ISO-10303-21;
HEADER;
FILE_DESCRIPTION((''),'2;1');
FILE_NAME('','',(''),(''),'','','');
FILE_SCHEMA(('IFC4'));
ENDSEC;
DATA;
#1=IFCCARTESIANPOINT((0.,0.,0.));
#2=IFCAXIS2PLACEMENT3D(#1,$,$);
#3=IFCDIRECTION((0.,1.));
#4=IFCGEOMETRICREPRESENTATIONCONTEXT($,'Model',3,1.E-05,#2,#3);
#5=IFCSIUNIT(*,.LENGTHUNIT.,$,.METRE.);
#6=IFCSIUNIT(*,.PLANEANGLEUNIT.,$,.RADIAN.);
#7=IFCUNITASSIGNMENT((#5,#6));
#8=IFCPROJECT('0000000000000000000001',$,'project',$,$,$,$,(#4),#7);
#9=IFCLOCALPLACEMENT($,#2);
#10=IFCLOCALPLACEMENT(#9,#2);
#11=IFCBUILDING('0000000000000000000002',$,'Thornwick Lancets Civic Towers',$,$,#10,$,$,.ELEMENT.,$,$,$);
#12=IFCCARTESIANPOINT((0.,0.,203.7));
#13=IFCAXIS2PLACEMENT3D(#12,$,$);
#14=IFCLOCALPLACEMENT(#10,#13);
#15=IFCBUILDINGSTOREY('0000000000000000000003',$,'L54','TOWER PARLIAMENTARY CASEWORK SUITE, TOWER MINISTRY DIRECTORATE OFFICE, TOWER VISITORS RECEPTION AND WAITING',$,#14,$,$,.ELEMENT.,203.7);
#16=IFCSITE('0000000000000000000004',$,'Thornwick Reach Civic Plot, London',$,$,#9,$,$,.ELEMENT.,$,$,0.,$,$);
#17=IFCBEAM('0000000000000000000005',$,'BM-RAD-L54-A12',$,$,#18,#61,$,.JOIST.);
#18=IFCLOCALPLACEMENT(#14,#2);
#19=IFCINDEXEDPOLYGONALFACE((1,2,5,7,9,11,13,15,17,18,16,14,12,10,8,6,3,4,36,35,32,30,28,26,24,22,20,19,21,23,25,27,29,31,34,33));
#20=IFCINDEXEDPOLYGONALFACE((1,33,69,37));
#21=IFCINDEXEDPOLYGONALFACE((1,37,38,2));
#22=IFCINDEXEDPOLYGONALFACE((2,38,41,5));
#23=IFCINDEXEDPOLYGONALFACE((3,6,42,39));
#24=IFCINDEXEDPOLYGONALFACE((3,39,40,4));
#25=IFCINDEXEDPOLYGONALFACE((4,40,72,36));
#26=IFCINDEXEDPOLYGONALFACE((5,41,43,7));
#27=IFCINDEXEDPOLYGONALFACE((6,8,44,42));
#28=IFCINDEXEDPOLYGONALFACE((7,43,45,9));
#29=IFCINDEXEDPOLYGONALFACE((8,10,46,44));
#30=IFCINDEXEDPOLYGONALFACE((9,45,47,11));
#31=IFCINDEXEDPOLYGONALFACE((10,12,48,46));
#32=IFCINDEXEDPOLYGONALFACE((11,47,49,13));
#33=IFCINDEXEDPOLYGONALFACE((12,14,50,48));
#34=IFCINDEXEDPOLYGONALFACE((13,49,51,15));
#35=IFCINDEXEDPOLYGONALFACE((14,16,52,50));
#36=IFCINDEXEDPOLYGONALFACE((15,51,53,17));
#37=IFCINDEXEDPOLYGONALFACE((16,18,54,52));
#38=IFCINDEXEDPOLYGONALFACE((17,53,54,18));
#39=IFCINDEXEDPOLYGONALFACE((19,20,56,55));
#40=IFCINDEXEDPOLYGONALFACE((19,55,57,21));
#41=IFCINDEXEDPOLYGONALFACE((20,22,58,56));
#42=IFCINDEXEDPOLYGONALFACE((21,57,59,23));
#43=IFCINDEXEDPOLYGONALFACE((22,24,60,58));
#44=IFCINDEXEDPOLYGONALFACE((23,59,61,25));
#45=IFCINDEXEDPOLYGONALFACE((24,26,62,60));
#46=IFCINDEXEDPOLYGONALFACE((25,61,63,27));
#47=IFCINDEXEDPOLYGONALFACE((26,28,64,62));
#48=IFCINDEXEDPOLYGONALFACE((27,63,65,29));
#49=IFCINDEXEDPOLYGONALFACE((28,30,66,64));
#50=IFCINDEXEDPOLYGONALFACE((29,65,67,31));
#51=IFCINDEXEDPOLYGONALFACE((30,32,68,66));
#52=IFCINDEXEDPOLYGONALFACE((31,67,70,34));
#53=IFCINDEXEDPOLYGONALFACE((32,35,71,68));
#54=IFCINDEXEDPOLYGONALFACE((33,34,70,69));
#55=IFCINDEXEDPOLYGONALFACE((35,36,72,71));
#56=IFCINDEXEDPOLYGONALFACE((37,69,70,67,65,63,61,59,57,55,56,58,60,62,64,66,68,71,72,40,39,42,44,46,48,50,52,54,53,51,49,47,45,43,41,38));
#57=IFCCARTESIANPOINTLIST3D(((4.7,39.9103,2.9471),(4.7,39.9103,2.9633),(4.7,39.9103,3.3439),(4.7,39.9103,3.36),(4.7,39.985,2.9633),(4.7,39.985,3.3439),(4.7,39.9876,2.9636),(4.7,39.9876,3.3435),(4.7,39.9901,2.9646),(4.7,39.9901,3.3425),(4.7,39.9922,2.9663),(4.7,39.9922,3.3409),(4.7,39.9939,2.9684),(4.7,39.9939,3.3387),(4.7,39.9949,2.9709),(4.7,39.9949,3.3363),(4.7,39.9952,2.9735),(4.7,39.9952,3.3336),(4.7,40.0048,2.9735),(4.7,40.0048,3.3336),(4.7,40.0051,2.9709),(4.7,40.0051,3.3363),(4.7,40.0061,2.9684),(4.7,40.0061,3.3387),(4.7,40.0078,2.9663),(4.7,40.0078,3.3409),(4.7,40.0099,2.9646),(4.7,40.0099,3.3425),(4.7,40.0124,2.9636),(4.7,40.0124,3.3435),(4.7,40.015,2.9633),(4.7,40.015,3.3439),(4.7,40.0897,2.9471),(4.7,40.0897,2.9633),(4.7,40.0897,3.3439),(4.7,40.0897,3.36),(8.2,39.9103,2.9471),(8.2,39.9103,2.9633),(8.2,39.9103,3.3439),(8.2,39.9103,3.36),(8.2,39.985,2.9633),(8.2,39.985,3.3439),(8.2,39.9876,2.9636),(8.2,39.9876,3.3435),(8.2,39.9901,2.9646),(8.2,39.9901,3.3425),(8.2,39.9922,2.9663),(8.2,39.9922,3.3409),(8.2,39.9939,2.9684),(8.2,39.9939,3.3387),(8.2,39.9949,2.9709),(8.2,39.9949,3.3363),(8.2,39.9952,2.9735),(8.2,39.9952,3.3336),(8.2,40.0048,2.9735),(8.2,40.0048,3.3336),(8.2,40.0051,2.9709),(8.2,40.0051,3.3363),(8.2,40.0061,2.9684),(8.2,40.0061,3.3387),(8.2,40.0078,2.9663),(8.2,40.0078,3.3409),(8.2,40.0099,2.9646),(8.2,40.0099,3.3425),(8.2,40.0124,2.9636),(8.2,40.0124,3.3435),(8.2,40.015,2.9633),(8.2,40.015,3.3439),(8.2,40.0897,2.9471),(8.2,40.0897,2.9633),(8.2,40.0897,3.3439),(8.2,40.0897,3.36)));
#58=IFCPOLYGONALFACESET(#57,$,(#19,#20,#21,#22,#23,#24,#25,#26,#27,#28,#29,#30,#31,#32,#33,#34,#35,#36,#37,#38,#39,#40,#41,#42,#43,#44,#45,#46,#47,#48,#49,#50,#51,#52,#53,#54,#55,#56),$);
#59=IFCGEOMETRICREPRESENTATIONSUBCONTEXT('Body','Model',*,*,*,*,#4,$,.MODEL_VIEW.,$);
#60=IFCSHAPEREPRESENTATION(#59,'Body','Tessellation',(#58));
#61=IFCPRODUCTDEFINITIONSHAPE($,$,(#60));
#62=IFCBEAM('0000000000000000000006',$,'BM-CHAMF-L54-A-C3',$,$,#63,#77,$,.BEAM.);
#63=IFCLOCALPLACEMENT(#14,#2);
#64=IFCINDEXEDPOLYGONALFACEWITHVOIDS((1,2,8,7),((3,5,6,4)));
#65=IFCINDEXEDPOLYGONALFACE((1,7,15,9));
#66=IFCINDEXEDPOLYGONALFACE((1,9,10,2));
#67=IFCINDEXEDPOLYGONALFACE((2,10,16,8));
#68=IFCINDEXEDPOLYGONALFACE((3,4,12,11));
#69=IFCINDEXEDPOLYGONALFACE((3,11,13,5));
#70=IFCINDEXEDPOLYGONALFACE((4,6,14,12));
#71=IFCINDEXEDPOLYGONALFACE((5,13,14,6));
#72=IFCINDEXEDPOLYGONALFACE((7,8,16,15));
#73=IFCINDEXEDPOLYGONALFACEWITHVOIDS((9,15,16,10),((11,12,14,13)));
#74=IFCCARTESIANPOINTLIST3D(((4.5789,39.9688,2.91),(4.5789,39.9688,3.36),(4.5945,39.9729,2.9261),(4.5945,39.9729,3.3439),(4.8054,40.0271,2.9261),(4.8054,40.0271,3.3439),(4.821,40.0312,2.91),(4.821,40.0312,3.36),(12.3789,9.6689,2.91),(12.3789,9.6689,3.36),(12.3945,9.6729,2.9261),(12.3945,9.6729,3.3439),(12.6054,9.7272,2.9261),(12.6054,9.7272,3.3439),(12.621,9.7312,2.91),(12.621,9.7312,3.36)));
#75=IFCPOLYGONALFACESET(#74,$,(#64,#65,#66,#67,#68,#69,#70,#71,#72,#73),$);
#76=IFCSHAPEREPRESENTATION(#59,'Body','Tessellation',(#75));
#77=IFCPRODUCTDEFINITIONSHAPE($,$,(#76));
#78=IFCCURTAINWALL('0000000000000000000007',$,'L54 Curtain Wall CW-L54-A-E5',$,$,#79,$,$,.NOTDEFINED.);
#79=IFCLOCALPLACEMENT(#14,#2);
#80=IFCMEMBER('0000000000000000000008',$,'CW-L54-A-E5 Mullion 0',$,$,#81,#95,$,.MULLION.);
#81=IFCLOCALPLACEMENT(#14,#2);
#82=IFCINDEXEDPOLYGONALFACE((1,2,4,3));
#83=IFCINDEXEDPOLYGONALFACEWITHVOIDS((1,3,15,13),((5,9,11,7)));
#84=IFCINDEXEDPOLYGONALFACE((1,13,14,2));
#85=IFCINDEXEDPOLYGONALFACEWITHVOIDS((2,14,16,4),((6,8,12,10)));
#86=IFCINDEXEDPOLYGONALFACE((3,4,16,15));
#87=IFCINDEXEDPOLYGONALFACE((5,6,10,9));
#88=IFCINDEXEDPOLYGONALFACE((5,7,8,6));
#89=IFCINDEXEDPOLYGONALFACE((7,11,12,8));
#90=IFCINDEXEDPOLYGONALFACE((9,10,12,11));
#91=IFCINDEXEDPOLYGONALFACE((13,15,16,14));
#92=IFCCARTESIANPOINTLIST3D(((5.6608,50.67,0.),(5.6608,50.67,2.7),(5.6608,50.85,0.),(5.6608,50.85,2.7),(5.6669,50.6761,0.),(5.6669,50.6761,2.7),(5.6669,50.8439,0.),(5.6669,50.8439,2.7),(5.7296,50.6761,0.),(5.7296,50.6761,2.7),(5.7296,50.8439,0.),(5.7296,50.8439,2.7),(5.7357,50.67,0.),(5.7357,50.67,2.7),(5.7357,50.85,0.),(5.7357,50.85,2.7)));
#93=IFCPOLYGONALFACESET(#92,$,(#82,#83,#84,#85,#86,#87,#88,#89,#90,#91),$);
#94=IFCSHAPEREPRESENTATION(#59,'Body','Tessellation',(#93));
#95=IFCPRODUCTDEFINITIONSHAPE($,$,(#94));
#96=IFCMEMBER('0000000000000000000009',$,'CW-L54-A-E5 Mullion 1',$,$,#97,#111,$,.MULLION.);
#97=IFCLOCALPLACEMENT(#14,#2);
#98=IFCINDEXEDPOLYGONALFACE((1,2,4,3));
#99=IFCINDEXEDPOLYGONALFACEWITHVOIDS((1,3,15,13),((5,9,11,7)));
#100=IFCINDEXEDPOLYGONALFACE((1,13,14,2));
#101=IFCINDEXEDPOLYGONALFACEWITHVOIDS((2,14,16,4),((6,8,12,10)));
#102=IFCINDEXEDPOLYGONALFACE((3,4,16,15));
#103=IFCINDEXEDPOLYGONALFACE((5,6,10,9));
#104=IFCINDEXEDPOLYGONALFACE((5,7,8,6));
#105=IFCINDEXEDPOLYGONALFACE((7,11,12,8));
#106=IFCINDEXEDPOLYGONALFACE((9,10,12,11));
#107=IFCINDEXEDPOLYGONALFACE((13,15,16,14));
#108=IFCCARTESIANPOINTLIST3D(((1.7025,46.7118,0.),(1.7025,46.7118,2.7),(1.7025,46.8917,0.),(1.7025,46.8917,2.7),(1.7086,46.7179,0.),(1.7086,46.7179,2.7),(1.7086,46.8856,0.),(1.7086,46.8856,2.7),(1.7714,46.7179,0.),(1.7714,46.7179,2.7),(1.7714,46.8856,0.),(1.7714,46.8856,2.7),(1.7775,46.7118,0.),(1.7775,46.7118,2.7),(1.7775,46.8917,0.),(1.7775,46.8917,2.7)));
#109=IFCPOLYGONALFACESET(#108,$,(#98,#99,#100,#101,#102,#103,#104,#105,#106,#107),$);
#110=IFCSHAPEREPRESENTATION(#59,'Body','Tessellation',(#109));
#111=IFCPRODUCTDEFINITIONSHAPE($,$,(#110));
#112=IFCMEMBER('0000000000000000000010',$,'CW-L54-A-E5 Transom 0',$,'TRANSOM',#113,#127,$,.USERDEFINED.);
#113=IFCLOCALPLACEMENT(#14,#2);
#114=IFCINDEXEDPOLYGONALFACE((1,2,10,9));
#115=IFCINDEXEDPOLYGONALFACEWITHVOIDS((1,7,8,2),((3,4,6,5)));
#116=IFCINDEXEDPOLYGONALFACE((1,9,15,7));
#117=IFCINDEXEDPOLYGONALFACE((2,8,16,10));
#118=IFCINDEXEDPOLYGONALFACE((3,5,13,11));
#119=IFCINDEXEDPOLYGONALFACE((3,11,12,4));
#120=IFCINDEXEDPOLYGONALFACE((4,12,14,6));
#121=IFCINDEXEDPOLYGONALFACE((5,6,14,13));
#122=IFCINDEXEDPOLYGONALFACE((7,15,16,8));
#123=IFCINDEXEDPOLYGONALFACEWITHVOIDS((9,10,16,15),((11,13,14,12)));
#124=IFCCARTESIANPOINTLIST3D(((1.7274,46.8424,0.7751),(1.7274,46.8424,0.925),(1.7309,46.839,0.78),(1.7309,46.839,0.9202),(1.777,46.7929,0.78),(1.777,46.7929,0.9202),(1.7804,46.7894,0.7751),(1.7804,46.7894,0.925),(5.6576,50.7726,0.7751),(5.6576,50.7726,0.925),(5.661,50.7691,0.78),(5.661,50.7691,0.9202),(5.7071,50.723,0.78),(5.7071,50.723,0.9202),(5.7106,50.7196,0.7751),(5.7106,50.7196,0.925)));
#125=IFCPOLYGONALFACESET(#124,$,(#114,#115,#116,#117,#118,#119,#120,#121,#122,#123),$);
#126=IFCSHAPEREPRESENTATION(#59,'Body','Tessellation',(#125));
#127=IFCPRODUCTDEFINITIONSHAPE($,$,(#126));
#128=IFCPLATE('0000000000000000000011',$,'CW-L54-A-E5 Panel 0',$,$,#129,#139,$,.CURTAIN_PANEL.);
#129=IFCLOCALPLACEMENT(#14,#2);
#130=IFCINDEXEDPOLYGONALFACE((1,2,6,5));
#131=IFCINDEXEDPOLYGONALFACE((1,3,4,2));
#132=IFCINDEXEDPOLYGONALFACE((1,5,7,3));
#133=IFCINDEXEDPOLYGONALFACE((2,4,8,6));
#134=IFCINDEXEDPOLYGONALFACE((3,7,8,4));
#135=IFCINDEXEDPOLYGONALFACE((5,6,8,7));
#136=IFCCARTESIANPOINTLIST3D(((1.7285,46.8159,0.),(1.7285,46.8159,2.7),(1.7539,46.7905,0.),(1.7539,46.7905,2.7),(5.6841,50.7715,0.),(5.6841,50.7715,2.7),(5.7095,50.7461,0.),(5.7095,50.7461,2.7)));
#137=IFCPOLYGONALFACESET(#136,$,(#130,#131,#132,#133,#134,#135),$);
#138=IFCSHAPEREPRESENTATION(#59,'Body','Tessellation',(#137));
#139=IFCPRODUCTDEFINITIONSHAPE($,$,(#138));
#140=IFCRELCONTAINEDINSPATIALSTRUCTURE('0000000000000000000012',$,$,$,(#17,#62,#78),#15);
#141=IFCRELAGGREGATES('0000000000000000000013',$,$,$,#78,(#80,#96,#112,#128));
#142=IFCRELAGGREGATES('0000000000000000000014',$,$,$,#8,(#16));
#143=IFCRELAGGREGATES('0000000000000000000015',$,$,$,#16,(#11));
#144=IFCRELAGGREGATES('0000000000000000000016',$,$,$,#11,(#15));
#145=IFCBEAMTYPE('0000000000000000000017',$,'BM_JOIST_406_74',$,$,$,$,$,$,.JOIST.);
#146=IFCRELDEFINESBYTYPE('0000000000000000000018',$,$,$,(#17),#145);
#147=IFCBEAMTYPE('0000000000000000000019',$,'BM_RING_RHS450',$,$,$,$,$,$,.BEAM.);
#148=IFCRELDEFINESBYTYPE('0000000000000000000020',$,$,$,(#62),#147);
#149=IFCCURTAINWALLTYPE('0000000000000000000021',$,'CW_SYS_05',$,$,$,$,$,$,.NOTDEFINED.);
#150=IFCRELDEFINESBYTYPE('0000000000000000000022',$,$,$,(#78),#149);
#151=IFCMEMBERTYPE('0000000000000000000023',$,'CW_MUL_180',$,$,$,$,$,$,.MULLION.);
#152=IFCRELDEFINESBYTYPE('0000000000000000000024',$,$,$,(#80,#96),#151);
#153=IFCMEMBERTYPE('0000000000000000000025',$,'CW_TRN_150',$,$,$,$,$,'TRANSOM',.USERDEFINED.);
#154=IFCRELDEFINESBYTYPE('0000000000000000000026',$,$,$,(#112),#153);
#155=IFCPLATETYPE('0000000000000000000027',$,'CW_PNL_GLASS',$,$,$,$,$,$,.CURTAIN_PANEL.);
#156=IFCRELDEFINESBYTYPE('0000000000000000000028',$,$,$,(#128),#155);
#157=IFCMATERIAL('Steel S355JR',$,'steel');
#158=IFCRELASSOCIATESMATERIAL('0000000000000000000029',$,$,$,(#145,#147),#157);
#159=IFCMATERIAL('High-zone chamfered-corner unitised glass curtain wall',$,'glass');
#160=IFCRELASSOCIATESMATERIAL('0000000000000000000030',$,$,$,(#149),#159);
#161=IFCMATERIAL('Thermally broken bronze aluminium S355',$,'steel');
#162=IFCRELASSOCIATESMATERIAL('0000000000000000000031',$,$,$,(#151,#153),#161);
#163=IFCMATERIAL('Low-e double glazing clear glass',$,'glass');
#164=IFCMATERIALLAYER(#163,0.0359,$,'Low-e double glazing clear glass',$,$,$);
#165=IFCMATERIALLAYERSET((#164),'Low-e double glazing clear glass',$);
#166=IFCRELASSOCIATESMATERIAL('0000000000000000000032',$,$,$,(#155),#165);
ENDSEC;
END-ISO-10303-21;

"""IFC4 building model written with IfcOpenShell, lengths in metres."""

from ifc_helpers import new_model, si_unit, direction, frame, origin, origin_2d, place, context, subcontext, project, spatial, rectangle, hollow_rectangle, i_section, extrude, material, layer, layer_set, material_profile, profile_set, type_object, element, aggregate, save


model = new_model("IFC4")

# Units and contexts
model_context = context("Model", 3, precision=1e-05, world=origin(), true_north=direction((0.0, 1.0)))
body_context = subcontext(model_context, "Body", "Model", "MODEL_VIEW")
ifc_project = project(units=[si_unit("LENGTHUNIT", "METRE"), si_unit("PLANEANGLEUNIT", "RADIAN")], contexts=[model_context])

# Site, building, storey
site_placement = place(None, origin())
site = spatial("IfcSite", under=ifc_project, at=site_placement, Name="Thornwick Reach Civic Plot, London", CompositionType="ELEMENT", RefElevation=0.0)
building_placement = place(site_placement, origin())
building = spatial("IfcBuilding", under=site, at=building_placement, Name="Thornwick Lancets Civic Towers", CompositionType="ELEMENT")
storey_placement = place(building_placement, frame((0.0, 0.0, 203.7)))
storey = spatial("IfcBuildingStorey", under=building, at=storey_placement, Name="L54", Description="TOWER PARLIAMENTARY CASEWORK SUITE, TOWER MINISTRY DIRECTORATE OFFICE, TOWER VISITORS RECEPTION AND WAITING", CompositionType="ELEMENT", Elevation=203.7)

# Shared definitions
ifc_material_1 = material(Name="Steel S355JR", Category="steel")

# Beams
ifc_material_profile_1 = material_profile(ifc_material_1, i_section(OverallWidth=0.1794, OverallDepth=0.4128, WebThickness=0.0095, FlangeThickness=0.0161, FilletRadius=0.0103, at=origin_2d()), Name="UKB 406x178x74")
ifc_profile_set_1 = profile_set([ifc_material_profile_1], Name="Steel S355JR")
beam_type_1 = type_object("IfcBeamType", Name="BM_JOIST_406_74", PredefinedType="JOIST", material=ifc_profile_set_1)
for number, where, z_axis, x_axis, name in (
    (1, (8.2, 40.0, 3.1536), (-1.0, 0.0, 0.0), (0.0, -1.0, 0.0), "BM-RAD-L54-A12"),
):
    element("IfcBeam", number, at=place(storey_placement, frame(where, z_axis=z_axis, x_axis=x_axis)), inside=storey, type_object=beam_type_1, Name=name, PredefinedType="JOIST", context=body_context, shape_type="SweptSolid", body=[
        extrude(i_section(OverallWidth=0.1794, OverallDepth=0.4128, WebThickness=0.0095, FlangeThickness=0.0161, FilletRadius=0.0103, at=origin_2d()), origin(), (0.0, 0.0, 1.0), 3.5),
    ])
ifc_material_profile_2 = material_profile(ifc_material_1, hollow_rectangle(XDim=0.25, YDim=0.45, WallThickness=0.0161, at=origin_2d()), Name="RHS 450x250x16")
ifc_profile_set_2 = profile_set([ifc_material_profile_2], Name="Steel S355JR")
beam_type_2 = type_object("IfcBeamType", Name="BM_RING_RHS450", PredefinedType="BEAM", material=ifc_profile_set_2)
beam_1_placement = place(storey_placement, frame((4.7, 40.0, 3.135), z_axis=(0.249299, -0.968427, 0.0), x_axis=(0.968427, 0.249299, 0.0)))
element("IfcBeam", 2, at=beam_1_placement, inside=storey, type_object=beam_type_2, Name="BM-CHAMF-L54-A-C3", PredefinedType="BEAM", context=body_context, shape_type="SweptSolid", body=[
    extrude(hollow_rectangle(XDim=0.25, YDim=0.45, WallThickness=0.0161, at=origin_2d()), origin(), (0.0, 0.0, 1.0), 31.2878),
])

# Curtain wall, members, plate
ifc_material_2 = material(Name="High-zone chamfered-corner unitised glass curtain wall", Category="glass")
curtain_wall_type = type_object("IfcCurtainWallType", Name="CW_SYS_05", PredefinedType="NOTDEFINED", material=ifc_material_2)
curtain_wall_placement = place(storey_placement, origin())
curtain_wall = element("IfcCurtainWall", 3, at=curtain_wall_placement, inside=storey, type_object=curtain_wall_type, Name="L54 Curtain Wall CW-L54-A-E5", PredefinedType="NOTDEFINED")
ifc_material_3 = material(Name="Thermally broken bronze aluminium S355", Category="steel")
ifc_material_profile_3 = material_profile(ifc_material_3, hollow_rectangle(XDim=0.075, YDim=0.1799, WallThickness=0.0061, at=origin_2d()), Name="RHS 180x75x6")
ifc_profile_set_3 = profile_set([ifc_material_profile_3], Name="Thermally broken bronze aluminium S355")
member_type_1 = type_object("IfcMemberType", Name="CW_MUL_180", PredefinedType="MULLION", material=ifc_profile_set_3)
member_1_placement = place(storey_placement, frame((5.6982, 50.76, 0.0), z_axis=(0.0, 0.0, 1.0), x_axis=(1.0, 0.0, 0.0)))
member_1 = element("IfcMember", 4, at=member_1_placement, type_object=member_type_1, Name="CW-L54-A-E5 Mullion 0", PredefinedType="MULLION", context=body_context, shape_type="SweptSolid", body=[
    extrude(hollow_rectangle(XDim=0.075, YDim=0.1799, WallThickness=0.0061, at=origin_2d()), origin(), (0.0, 0.0, 1.0), 2.7),
])
member_2_placement = place(storey_placement, frame((1.74, 46.8018, 0.0), z_axis=(0.0, 0.0, 1.0), x_axis=(1.0, 0.0, 0.0)))
member_2 = element("IfcMember", 5, at=member_2_placement, type_object=member_type_1, Name="CW-L54-A-E5 Mullion 1", PredefinedType="MULLION", context=body_context, shape_type="SweptSolid", body=[
    extrude(hollow_rectangle(XDim=0.075, YDim=0.1799, WallThickness=0.0061, at=origin_2d()), origin(), (0.0, 0.0, 1.0), 2.7),
])
ifc_material_profile_4 = material_profile(ifc_material_3, hollow_rectangle(XDim=0.075, YDim=0.1499, WallThickness=0.0049, at=origin_2d()), Name="RHS 150x75x5")
ifc_profile_set_4 = profile_set([ifc_material_profile_4], Name="Thermally broken bronze aluminium S355")
member_type_2 = type_object("IfcMemberType", Name="CW_TRN_150", ElementType="TRANSOM", PredefinedType="USERDEFINED", material=ifc_profile_set_4)
member_3_placement = place(storey_placement, frame((5.6841, 50.7461, 0.8501), z_axis=(-0.707107, -0.707107, 0.0), x_axis=(0.707107, -0.707107, 0.0)))
member_3 = element("IfcMember", 6, at=member_3_placement, type_object=member_type_2, Name="CW-L54-A-E5 Transom 0", ObjectType="TRANSOM", PredefinedType="USERDEFINED", context=body_context, shape_type="SweptSolid", body=[
    extrude(hollow_rectangle(XDim=0.075, YDim=0.1499, WallThickness=0.0049, at=origin_2d()), origin(), (0.0, 0.0, 1.0), 5.5581),
])
ifc_material_4 = material(Name="Low-e double glazing clear glass", Category="glass")
ifc_layer_1 = layer(ifc_material_4, 0.0359, Name="Low-e double glazing clear glass")
ifc_layer_set_1 = layer_set([ifc_layer_1], Name="Low-e double glazing clear glass")
plate_type = type_object("IfcPlateType", Name="CW_PNL_GLASS", PredefinedType="CURTAIN_PANEL", material=ifc_layer_set_1)
plate_placement = place(storey_placement, frame((3.719, 48.781, 0.0), z_axis=(0.0, 0.0, 1.0), x_axis=(-0.707107, -0.707107, 0.0)))
plate = element("IfcPlate", 7, at=plate_placement, type_object=plate_type, Name="CW-L54-A-E5 Panel 0", PredefinedType="CURTAIN_PANEL", context=body_context, shape_type="SweptSolid", body=[
    extrude(rectangle(XDim=5.594, YDim=0.0359, at=origin_2d()), origin(), (0.0, 0.0, 1.0), 2.7),
])
aggregate(curtain_wall, [member_1, member_2, member_3, plate])

save(model, "model.ifc")
